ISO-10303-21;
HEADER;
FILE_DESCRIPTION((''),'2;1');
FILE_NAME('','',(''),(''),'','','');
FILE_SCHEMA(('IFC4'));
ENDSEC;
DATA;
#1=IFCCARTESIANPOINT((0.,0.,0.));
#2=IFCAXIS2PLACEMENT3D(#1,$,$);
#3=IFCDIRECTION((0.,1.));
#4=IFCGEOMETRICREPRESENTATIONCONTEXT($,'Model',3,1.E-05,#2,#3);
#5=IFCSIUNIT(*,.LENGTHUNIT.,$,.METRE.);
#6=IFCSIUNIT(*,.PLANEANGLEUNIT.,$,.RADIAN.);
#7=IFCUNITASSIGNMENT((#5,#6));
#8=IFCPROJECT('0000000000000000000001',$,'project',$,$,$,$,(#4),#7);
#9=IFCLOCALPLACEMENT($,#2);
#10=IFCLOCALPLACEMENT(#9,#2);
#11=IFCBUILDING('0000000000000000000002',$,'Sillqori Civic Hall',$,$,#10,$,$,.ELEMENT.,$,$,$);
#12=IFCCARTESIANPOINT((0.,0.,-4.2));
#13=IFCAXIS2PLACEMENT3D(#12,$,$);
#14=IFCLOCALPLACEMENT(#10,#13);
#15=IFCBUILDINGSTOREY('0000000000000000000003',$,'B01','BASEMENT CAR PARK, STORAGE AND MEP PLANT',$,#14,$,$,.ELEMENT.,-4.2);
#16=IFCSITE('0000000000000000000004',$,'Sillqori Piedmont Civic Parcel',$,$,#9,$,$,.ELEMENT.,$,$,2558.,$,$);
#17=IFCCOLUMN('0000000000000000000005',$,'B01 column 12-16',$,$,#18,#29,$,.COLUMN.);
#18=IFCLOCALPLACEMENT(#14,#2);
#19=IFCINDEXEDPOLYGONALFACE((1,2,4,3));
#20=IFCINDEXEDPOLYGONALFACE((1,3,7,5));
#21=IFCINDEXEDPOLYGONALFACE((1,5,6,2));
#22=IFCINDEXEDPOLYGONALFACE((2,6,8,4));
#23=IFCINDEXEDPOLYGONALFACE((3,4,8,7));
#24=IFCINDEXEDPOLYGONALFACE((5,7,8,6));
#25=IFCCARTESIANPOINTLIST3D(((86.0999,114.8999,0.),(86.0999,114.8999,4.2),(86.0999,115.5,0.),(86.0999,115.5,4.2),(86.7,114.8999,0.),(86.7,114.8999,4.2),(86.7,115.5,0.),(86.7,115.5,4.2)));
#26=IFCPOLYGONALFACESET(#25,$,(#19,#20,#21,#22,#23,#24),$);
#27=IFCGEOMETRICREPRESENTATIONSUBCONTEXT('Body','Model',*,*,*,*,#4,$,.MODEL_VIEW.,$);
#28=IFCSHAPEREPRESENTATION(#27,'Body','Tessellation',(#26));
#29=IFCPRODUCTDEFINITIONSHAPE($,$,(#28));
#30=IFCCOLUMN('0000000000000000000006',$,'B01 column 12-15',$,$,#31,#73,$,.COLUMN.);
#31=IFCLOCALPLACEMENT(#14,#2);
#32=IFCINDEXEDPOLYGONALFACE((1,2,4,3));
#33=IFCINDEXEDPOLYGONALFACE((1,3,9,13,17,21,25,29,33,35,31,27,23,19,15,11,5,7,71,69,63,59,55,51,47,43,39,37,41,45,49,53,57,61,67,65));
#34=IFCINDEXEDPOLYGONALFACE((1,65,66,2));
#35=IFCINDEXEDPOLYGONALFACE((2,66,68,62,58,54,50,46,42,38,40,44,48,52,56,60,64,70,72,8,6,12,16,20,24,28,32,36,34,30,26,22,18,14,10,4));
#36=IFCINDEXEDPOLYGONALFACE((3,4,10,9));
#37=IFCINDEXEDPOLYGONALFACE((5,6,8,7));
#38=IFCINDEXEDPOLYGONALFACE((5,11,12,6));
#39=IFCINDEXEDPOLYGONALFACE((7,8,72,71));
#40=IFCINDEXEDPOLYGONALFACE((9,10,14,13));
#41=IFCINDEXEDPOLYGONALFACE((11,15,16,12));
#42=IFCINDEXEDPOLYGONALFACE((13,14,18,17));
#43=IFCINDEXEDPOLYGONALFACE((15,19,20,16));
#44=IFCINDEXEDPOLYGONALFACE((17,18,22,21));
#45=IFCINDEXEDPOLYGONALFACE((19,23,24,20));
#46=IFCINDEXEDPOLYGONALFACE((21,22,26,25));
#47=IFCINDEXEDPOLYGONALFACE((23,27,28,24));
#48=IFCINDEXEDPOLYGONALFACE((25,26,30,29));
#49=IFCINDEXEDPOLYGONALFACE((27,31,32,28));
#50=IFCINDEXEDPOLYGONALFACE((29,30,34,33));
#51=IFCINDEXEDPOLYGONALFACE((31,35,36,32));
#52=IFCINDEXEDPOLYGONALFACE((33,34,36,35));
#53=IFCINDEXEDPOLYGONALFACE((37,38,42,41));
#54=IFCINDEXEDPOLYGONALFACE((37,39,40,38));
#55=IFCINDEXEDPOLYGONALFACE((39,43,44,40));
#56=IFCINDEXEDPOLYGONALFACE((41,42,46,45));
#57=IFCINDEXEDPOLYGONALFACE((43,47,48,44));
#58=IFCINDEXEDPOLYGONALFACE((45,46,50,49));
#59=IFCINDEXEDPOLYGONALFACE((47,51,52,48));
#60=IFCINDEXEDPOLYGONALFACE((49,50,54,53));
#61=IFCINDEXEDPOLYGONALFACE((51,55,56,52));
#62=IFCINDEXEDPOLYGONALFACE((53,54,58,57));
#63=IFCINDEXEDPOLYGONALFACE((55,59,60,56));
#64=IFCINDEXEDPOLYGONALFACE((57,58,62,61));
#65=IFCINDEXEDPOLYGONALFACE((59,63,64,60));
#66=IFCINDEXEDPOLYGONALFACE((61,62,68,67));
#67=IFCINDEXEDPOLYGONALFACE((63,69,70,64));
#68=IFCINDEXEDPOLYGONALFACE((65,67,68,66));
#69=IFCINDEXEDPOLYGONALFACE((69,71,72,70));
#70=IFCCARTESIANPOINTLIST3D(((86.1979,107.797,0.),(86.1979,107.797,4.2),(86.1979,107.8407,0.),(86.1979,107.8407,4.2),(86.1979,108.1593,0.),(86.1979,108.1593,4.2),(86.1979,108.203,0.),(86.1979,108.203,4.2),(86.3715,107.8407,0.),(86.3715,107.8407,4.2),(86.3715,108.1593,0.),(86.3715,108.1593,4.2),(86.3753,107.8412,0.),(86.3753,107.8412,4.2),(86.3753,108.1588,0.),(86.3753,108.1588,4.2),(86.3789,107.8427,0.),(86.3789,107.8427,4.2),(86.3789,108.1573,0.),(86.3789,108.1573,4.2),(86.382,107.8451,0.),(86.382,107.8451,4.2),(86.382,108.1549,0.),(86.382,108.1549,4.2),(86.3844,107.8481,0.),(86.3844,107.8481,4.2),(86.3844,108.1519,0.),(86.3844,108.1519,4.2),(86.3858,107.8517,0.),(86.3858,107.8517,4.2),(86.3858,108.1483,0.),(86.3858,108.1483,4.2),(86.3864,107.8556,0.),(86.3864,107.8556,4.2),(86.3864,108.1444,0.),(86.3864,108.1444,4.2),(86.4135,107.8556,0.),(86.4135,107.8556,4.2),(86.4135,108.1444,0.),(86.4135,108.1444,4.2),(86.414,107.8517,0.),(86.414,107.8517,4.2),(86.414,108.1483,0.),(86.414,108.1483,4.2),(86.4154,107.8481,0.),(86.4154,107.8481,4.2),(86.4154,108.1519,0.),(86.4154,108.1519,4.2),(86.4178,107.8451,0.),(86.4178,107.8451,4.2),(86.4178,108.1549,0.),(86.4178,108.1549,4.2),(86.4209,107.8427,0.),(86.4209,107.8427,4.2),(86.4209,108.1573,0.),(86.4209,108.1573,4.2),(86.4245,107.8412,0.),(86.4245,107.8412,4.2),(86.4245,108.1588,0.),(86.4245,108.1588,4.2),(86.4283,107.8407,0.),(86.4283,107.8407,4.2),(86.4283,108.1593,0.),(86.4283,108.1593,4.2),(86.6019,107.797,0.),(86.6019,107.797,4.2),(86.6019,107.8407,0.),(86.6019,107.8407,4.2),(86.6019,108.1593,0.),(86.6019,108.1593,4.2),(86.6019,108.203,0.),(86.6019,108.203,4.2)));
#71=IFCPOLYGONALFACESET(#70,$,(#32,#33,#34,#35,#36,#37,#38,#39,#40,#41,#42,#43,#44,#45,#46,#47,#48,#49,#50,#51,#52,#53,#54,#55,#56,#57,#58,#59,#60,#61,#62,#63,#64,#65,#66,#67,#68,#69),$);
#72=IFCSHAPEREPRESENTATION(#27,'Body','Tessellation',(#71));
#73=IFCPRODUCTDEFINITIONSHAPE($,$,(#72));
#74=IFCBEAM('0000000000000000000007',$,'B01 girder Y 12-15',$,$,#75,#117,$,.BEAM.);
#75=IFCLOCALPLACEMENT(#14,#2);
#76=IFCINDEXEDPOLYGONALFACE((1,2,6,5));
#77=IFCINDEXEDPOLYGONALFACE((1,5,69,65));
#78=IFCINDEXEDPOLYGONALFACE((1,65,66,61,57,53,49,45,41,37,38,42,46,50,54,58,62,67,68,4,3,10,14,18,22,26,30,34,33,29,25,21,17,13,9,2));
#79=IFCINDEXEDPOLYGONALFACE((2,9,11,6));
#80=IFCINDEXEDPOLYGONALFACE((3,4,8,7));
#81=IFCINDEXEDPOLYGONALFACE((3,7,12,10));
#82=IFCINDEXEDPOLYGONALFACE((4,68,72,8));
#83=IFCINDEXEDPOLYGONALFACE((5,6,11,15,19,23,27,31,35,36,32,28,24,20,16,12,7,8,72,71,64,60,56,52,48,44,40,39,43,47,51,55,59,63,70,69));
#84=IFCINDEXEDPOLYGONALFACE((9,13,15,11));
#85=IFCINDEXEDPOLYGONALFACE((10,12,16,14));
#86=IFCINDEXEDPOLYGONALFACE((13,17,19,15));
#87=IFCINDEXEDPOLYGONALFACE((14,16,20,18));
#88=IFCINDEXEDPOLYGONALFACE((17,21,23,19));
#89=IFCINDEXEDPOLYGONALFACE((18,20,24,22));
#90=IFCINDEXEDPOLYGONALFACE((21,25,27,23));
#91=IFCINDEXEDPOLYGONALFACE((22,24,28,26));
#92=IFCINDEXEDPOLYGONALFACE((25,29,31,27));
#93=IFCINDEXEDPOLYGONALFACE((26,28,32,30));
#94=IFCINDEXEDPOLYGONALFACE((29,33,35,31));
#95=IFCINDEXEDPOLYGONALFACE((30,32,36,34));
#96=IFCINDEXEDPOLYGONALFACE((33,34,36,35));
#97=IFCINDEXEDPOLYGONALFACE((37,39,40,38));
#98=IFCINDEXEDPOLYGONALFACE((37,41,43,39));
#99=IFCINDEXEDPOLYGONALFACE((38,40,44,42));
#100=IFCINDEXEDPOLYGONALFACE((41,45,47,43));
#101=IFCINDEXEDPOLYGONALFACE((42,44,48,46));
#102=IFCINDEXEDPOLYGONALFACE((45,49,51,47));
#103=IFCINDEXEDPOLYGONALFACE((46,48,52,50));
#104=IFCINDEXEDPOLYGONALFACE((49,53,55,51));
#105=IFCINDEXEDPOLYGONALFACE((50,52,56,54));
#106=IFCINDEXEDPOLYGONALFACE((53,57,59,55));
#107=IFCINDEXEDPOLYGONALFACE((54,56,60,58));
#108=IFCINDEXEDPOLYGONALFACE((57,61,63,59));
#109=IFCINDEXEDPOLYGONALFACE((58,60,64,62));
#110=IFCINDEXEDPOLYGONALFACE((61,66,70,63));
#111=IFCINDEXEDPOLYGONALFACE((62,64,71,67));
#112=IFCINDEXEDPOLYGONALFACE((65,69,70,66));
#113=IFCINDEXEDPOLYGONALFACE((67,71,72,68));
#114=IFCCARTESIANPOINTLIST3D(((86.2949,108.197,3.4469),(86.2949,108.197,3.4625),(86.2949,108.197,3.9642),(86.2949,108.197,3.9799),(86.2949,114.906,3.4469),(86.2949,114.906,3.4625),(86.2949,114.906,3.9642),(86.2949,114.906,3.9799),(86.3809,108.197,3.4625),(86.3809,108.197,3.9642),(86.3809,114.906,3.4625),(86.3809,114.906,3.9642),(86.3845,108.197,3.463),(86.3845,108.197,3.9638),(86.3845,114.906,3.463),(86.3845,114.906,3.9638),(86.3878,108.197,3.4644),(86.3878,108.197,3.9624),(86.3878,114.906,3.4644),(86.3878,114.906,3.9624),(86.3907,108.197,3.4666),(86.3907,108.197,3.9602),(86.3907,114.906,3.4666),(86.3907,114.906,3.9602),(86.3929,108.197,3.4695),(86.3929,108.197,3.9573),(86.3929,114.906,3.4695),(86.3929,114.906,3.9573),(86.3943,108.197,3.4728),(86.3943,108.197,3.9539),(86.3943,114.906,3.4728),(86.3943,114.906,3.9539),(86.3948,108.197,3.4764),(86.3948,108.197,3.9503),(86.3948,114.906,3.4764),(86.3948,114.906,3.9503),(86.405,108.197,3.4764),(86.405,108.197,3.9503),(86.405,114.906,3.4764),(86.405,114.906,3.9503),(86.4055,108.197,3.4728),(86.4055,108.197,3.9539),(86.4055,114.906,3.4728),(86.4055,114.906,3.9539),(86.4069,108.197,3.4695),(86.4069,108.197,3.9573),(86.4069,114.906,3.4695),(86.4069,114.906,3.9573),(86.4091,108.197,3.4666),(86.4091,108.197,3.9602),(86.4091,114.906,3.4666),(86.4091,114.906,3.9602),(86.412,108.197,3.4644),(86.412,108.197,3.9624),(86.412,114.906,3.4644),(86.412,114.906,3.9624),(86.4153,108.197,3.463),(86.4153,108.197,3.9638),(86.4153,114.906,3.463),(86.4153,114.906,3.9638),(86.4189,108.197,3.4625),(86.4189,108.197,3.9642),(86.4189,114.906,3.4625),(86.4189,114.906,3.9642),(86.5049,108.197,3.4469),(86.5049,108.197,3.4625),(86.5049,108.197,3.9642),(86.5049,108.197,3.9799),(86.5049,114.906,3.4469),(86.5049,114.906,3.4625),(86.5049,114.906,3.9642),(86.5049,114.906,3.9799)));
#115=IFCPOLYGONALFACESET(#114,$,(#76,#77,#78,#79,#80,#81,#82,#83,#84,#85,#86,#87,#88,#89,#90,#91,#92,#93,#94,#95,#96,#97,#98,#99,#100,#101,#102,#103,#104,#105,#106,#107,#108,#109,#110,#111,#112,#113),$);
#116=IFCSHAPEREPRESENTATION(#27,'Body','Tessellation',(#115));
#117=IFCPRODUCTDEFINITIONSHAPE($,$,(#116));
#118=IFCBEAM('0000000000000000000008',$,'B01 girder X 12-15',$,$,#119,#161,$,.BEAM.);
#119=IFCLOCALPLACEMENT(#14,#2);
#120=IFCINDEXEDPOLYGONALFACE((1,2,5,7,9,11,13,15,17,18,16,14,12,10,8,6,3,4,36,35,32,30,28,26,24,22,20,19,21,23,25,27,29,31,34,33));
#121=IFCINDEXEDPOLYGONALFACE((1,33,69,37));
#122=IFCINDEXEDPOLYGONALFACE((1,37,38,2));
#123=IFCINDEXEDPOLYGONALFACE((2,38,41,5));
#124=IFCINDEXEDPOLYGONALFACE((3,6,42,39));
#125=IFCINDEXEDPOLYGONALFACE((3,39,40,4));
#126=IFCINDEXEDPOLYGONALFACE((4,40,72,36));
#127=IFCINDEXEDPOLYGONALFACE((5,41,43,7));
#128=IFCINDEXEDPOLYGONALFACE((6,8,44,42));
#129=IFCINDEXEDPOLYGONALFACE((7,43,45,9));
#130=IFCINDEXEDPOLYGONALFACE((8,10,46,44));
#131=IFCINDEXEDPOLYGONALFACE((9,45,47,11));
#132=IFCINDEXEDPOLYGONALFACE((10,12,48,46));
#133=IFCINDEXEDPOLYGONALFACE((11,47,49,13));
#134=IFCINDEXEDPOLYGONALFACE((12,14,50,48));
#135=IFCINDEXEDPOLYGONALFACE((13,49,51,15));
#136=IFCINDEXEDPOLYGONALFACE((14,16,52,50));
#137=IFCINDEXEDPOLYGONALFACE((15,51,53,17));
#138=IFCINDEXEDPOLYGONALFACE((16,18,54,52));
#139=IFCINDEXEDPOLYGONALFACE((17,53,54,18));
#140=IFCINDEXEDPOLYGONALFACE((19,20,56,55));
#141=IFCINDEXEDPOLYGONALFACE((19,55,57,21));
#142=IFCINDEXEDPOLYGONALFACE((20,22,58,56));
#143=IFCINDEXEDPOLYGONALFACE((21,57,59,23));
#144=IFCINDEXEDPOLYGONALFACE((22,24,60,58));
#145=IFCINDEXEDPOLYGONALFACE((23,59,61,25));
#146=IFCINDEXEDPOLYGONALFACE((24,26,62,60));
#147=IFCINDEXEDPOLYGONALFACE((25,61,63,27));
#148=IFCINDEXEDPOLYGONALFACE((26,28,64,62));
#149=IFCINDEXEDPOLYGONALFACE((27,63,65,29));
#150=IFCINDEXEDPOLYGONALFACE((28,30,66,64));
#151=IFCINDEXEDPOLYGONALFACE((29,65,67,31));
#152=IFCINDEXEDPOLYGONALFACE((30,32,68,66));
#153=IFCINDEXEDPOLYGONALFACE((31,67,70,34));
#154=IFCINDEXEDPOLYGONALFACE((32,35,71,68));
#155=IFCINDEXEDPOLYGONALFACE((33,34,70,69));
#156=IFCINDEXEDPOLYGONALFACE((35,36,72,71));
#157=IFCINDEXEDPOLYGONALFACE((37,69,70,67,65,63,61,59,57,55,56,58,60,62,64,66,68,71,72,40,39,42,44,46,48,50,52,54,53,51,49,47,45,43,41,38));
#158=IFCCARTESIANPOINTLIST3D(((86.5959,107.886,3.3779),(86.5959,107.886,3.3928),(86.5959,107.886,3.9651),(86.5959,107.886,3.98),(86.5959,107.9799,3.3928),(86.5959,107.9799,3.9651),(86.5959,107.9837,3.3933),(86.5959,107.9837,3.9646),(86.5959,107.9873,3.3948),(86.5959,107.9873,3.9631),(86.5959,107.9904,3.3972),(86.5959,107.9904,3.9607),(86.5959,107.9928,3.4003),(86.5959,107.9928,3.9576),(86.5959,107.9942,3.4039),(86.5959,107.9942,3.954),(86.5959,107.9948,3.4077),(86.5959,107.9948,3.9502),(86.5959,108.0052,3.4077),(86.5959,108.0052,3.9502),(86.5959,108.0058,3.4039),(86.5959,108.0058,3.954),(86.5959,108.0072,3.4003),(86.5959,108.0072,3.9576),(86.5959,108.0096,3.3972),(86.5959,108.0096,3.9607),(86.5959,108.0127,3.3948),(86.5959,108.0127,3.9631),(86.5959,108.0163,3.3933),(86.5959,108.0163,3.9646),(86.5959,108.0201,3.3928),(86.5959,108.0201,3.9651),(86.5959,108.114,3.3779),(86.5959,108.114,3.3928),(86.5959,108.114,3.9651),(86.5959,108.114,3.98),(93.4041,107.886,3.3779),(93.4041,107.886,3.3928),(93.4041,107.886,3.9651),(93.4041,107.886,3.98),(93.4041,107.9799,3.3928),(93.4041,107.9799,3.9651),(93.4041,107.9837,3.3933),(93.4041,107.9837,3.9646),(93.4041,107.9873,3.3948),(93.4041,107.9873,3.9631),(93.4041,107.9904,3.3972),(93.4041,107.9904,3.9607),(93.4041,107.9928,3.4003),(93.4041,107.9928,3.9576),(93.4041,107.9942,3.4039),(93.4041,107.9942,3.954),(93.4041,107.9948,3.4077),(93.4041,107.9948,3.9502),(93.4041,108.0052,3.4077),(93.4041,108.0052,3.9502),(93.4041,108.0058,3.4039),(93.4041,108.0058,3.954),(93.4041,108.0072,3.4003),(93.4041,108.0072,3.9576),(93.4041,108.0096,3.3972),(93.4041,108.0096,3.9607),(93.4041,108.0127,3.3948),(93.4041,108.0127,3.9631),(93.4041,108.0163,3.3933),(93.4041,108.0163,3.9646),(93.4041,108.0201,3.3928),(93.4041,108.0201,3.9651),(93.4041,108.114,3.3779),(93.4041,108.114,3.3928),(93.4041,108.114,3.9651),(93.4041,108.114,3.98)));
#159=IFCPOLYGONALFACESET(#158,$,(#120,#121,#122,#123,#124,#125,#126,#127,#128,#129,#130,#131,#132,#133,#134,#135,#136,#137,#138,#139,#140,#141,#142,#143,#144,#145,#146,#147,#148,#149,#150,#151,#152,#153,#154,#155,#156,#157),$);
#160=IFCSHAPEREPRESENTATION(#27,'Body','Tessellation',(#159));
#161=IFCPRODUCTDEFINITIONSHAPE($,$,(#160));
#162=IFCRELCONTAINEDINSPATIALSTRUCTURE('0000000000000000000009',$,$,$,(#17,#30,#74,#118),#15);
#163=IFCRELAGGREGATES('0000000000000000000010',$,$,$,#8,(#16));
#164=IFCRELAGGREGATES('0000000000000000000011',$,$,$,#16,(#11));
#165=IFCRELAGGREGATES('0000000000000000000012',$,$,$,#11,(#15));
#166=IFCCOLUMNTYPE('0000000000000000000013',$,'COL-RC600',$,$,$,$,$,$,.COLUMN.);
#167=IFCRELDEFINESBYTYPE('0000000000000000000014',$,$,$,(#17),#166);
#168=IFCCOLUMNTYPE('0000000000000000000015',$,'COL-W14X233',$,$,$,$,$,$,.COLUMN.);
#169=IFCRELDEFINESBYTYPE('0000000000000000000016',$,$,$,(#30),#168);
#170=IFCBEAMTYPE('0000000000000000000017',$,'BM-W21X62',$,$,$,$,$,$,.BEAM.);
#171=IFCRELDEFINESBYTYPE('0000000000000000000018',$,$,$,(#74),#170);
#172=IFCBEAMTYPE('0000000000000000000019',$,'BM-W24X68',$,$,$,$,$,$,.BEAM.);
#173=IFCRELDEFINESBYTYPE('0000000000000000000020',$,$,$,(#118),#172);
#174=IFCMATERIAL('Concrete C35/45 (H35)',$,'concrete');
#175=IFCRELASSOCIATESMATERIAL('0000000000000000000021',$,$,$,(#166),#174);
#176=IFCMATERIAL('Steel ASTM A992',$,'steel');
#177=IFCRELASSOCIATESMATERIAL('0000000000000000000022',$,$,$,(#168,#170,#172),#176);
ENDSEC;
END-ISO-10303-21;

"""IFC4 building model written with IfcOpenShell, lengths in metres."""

from ifc_helpers import new_model, si_unit, direction, frame, origin, origin_2d, place, context, subcontext, project, spatial, rectangle, i_section, extrude, material, material_profile, profile_set, type_object, element, save


model = new_model("IFC4")

# Units and contexts
model_context = context("Model", 3, precision=1e-05, world=origin(), true_north=direction((0.0, 1.0)))
body_context = subcontext(model_context, "Body", "Model", "MODEL_VIEW")
ifc_project = project(units=[si_unit("LENGTHUNIT", "METRE"), si_unit("PLANEANGLEUNIT", "RADIAN")], contexts=[model_context])

# Site, building, storey
site_placement = place(None, origin())
site = spatial("IfcSite", under=ifc_project, at=site_placement, Name="Sillqori Piedmont Civic Parcel", CompositionType="ELEMENT", RefElevation=2558.0)
building_placement = place(site_placement, origin())
building = spatial("IfcBuilding", under=site, at=building_placement, Name="Sillqori Civic Hall", CompositionType="ELEMENT")
storey_placement = place(building_placement, frame((0.0, 0.0, -4.2)))
storey = spatial("IfcBuildingStorey", under=building, at=storey_placement, Name="B01", Description="BASEMENT CAR PARK, STORAGE AND MEP PLANT", CompositionType="ELEMENT", Elevation=-4.2)

# Shared definitions
ifc_material_1 = material(Name="Concrete C35/45 (H35)", Category="concrete")

# Columns
ifc_material_profile_1 = material_profile(ifc_material_1, rectangle(XDim=0.6001, YDim=0.6001, at=origin_2d()), Name="RC 600x600")
ifc_profile_set_1 = profile_set([ifc_material_profile_1], Name="Concrete C35/45 (H35)")
column_type_1 = type_object("IfcColumnType", Name="COL-RC600", PredefinedType="COLUMN", material=ifc_profile_set_1)
column_1_placement = place(storey_placement, frame((86.3999, 115.2, 0.0), z_axis=(0.0, 0.0, 1.0), x_axis=(1.0, 0.0, 0.0)))
element("IfcColumn", 1, at=column_1_placement, inside=storey, type_object=column_type_1, Name="B01 column 12-16", PredefinedType="COLUMN", context=body_context, shape_type="SweptSolid", body=[
    extrude(rectangle(XDim=0.6001, YDim=0.6001, at=origin_2d()), origin(), (0.0, 0.0, 1.0), 4.2),
])
ifc_material_2 = material(Name="Steel ASTM A992", Category="steel")
ifc_material_profile_2 = material_profile(ifc_material_2, i_section(OverallWidth=0.4041, OverallDepth=0.406, WebThickness=0.0271, FlangeThickness=0.0437, FilletRadius=0.0149, at=origin_2d()), Name="W14X233")
ifc_profile_set_2 = profile_set([ifc_material_profile_2], Name="Steel ASTM A992")
column_type_2 = type_object("IfcColumnType", Name="COL-W14X233", PredefinedType="COLUMN", material=ifc_profile_set_2)
column_2_placement = place(storey_placement, frame((86.3999, 108.0, 0.0), z_axis=(0.0, 0.0, 1.0), x_axis=(1.0, 0.0, 0.0)))
element("IfcColumn", 2, at=column_2_placement, inside=storey, type_object=column_type_2, Name="B01 column 12-15", PredefinedType="COLUMN", context=body_context, shape_type="SweptSolid", body=[
    extrude(i_section(OverallWidth=0.4041, OverallDepth=0.406, WebThickness=0.0271, FlangeThickness=0.0437, FilletRadius=0.0149, at=origin_2d()), origin(), (0.0, 0.0, 1.0), 4.2),
])

# Beams
ifc_material_profile_3 = material_profile(ifc_material_2, i_section(OverallWidth=0.21, OverallDepth=0.533, WebThickness=0.0103, FlangeThickness=0.0156, FilletRadius=0.0139, at=origin_2d()), Name="W21X62")
ifc_profile_set_3 = profile_set([ifc_material_profile_3], Name="Steel ASTM A992")
beam_type_1 = type_object("IfcBeamType", Name="BM-W21X62", PredefinedType="BEAM", material=ifc_profile_set_3)
beam_1_placement = place(storey_placement, frame((86.3999, 108.197, 3.7134), z_axis=(0.0, 1.0, 0.0), x_axis=(-1.0, 0.0, 0.0)))
element("IfcBeam", 3, at=beam_1_placement, inside=storey, type_object=beam_type_1, Name="B01 girder Y 12-15", PredefinedType="BEAM", context=body_context, shape_type="SweptSolid", body=[
    extrude(i_section(OverallWidth=0.21, OverallDepth=0.533, WebThickness=0.0103, FlangeThickness=0.0156, FilletRadius=0.0139, at=origin_2d()), origin(), (0.0, 0.0, 1.0), 6.709),
])
ifc_material_profile_4 = material_profile(ifc_material_2, i_section(OverallWidth=0.228, OverallDepth=0.6021, WebThickness=0.0105, FlangeThickness=0.0149, FilletRadius=0.0149, at=origin_2d()), Name="W24X68")
ifc_profile_set_4 = profile_set([ifc_material_profile_4], Name="Steel ASTM A992")
beam_type_2 = type_object("IfcBeamType", Name="BM-W24X68", PredefinedType="BEAM", material=ifc_profile_set_4)
beam_2_placement = place(storey_placement, frame((86.5959, 108.0, 3.679), z_axis=(1.0, 0.0, 0.0), x_axis=(0.0, 1.0, 0.0)))
element("IfcBeam", 4, at=beam_2_placement, inside=storey, type_object=beam_type_2, Name="B01 girder X 12-15", PredefinedType="BEAM", context=body_context, shape_type="SweptSolid", body=[
    extrude(i_section(OverallWidth=0.228, OverallDepth=0.6021, WebThickness=0.0105, FlangeThickness=0.0149, FilletRadius=0.0149, at=origin_2d()), origin(), (0.0, 0.0, 1.0), 6.8081),
])

save(model, "model.ifc")
